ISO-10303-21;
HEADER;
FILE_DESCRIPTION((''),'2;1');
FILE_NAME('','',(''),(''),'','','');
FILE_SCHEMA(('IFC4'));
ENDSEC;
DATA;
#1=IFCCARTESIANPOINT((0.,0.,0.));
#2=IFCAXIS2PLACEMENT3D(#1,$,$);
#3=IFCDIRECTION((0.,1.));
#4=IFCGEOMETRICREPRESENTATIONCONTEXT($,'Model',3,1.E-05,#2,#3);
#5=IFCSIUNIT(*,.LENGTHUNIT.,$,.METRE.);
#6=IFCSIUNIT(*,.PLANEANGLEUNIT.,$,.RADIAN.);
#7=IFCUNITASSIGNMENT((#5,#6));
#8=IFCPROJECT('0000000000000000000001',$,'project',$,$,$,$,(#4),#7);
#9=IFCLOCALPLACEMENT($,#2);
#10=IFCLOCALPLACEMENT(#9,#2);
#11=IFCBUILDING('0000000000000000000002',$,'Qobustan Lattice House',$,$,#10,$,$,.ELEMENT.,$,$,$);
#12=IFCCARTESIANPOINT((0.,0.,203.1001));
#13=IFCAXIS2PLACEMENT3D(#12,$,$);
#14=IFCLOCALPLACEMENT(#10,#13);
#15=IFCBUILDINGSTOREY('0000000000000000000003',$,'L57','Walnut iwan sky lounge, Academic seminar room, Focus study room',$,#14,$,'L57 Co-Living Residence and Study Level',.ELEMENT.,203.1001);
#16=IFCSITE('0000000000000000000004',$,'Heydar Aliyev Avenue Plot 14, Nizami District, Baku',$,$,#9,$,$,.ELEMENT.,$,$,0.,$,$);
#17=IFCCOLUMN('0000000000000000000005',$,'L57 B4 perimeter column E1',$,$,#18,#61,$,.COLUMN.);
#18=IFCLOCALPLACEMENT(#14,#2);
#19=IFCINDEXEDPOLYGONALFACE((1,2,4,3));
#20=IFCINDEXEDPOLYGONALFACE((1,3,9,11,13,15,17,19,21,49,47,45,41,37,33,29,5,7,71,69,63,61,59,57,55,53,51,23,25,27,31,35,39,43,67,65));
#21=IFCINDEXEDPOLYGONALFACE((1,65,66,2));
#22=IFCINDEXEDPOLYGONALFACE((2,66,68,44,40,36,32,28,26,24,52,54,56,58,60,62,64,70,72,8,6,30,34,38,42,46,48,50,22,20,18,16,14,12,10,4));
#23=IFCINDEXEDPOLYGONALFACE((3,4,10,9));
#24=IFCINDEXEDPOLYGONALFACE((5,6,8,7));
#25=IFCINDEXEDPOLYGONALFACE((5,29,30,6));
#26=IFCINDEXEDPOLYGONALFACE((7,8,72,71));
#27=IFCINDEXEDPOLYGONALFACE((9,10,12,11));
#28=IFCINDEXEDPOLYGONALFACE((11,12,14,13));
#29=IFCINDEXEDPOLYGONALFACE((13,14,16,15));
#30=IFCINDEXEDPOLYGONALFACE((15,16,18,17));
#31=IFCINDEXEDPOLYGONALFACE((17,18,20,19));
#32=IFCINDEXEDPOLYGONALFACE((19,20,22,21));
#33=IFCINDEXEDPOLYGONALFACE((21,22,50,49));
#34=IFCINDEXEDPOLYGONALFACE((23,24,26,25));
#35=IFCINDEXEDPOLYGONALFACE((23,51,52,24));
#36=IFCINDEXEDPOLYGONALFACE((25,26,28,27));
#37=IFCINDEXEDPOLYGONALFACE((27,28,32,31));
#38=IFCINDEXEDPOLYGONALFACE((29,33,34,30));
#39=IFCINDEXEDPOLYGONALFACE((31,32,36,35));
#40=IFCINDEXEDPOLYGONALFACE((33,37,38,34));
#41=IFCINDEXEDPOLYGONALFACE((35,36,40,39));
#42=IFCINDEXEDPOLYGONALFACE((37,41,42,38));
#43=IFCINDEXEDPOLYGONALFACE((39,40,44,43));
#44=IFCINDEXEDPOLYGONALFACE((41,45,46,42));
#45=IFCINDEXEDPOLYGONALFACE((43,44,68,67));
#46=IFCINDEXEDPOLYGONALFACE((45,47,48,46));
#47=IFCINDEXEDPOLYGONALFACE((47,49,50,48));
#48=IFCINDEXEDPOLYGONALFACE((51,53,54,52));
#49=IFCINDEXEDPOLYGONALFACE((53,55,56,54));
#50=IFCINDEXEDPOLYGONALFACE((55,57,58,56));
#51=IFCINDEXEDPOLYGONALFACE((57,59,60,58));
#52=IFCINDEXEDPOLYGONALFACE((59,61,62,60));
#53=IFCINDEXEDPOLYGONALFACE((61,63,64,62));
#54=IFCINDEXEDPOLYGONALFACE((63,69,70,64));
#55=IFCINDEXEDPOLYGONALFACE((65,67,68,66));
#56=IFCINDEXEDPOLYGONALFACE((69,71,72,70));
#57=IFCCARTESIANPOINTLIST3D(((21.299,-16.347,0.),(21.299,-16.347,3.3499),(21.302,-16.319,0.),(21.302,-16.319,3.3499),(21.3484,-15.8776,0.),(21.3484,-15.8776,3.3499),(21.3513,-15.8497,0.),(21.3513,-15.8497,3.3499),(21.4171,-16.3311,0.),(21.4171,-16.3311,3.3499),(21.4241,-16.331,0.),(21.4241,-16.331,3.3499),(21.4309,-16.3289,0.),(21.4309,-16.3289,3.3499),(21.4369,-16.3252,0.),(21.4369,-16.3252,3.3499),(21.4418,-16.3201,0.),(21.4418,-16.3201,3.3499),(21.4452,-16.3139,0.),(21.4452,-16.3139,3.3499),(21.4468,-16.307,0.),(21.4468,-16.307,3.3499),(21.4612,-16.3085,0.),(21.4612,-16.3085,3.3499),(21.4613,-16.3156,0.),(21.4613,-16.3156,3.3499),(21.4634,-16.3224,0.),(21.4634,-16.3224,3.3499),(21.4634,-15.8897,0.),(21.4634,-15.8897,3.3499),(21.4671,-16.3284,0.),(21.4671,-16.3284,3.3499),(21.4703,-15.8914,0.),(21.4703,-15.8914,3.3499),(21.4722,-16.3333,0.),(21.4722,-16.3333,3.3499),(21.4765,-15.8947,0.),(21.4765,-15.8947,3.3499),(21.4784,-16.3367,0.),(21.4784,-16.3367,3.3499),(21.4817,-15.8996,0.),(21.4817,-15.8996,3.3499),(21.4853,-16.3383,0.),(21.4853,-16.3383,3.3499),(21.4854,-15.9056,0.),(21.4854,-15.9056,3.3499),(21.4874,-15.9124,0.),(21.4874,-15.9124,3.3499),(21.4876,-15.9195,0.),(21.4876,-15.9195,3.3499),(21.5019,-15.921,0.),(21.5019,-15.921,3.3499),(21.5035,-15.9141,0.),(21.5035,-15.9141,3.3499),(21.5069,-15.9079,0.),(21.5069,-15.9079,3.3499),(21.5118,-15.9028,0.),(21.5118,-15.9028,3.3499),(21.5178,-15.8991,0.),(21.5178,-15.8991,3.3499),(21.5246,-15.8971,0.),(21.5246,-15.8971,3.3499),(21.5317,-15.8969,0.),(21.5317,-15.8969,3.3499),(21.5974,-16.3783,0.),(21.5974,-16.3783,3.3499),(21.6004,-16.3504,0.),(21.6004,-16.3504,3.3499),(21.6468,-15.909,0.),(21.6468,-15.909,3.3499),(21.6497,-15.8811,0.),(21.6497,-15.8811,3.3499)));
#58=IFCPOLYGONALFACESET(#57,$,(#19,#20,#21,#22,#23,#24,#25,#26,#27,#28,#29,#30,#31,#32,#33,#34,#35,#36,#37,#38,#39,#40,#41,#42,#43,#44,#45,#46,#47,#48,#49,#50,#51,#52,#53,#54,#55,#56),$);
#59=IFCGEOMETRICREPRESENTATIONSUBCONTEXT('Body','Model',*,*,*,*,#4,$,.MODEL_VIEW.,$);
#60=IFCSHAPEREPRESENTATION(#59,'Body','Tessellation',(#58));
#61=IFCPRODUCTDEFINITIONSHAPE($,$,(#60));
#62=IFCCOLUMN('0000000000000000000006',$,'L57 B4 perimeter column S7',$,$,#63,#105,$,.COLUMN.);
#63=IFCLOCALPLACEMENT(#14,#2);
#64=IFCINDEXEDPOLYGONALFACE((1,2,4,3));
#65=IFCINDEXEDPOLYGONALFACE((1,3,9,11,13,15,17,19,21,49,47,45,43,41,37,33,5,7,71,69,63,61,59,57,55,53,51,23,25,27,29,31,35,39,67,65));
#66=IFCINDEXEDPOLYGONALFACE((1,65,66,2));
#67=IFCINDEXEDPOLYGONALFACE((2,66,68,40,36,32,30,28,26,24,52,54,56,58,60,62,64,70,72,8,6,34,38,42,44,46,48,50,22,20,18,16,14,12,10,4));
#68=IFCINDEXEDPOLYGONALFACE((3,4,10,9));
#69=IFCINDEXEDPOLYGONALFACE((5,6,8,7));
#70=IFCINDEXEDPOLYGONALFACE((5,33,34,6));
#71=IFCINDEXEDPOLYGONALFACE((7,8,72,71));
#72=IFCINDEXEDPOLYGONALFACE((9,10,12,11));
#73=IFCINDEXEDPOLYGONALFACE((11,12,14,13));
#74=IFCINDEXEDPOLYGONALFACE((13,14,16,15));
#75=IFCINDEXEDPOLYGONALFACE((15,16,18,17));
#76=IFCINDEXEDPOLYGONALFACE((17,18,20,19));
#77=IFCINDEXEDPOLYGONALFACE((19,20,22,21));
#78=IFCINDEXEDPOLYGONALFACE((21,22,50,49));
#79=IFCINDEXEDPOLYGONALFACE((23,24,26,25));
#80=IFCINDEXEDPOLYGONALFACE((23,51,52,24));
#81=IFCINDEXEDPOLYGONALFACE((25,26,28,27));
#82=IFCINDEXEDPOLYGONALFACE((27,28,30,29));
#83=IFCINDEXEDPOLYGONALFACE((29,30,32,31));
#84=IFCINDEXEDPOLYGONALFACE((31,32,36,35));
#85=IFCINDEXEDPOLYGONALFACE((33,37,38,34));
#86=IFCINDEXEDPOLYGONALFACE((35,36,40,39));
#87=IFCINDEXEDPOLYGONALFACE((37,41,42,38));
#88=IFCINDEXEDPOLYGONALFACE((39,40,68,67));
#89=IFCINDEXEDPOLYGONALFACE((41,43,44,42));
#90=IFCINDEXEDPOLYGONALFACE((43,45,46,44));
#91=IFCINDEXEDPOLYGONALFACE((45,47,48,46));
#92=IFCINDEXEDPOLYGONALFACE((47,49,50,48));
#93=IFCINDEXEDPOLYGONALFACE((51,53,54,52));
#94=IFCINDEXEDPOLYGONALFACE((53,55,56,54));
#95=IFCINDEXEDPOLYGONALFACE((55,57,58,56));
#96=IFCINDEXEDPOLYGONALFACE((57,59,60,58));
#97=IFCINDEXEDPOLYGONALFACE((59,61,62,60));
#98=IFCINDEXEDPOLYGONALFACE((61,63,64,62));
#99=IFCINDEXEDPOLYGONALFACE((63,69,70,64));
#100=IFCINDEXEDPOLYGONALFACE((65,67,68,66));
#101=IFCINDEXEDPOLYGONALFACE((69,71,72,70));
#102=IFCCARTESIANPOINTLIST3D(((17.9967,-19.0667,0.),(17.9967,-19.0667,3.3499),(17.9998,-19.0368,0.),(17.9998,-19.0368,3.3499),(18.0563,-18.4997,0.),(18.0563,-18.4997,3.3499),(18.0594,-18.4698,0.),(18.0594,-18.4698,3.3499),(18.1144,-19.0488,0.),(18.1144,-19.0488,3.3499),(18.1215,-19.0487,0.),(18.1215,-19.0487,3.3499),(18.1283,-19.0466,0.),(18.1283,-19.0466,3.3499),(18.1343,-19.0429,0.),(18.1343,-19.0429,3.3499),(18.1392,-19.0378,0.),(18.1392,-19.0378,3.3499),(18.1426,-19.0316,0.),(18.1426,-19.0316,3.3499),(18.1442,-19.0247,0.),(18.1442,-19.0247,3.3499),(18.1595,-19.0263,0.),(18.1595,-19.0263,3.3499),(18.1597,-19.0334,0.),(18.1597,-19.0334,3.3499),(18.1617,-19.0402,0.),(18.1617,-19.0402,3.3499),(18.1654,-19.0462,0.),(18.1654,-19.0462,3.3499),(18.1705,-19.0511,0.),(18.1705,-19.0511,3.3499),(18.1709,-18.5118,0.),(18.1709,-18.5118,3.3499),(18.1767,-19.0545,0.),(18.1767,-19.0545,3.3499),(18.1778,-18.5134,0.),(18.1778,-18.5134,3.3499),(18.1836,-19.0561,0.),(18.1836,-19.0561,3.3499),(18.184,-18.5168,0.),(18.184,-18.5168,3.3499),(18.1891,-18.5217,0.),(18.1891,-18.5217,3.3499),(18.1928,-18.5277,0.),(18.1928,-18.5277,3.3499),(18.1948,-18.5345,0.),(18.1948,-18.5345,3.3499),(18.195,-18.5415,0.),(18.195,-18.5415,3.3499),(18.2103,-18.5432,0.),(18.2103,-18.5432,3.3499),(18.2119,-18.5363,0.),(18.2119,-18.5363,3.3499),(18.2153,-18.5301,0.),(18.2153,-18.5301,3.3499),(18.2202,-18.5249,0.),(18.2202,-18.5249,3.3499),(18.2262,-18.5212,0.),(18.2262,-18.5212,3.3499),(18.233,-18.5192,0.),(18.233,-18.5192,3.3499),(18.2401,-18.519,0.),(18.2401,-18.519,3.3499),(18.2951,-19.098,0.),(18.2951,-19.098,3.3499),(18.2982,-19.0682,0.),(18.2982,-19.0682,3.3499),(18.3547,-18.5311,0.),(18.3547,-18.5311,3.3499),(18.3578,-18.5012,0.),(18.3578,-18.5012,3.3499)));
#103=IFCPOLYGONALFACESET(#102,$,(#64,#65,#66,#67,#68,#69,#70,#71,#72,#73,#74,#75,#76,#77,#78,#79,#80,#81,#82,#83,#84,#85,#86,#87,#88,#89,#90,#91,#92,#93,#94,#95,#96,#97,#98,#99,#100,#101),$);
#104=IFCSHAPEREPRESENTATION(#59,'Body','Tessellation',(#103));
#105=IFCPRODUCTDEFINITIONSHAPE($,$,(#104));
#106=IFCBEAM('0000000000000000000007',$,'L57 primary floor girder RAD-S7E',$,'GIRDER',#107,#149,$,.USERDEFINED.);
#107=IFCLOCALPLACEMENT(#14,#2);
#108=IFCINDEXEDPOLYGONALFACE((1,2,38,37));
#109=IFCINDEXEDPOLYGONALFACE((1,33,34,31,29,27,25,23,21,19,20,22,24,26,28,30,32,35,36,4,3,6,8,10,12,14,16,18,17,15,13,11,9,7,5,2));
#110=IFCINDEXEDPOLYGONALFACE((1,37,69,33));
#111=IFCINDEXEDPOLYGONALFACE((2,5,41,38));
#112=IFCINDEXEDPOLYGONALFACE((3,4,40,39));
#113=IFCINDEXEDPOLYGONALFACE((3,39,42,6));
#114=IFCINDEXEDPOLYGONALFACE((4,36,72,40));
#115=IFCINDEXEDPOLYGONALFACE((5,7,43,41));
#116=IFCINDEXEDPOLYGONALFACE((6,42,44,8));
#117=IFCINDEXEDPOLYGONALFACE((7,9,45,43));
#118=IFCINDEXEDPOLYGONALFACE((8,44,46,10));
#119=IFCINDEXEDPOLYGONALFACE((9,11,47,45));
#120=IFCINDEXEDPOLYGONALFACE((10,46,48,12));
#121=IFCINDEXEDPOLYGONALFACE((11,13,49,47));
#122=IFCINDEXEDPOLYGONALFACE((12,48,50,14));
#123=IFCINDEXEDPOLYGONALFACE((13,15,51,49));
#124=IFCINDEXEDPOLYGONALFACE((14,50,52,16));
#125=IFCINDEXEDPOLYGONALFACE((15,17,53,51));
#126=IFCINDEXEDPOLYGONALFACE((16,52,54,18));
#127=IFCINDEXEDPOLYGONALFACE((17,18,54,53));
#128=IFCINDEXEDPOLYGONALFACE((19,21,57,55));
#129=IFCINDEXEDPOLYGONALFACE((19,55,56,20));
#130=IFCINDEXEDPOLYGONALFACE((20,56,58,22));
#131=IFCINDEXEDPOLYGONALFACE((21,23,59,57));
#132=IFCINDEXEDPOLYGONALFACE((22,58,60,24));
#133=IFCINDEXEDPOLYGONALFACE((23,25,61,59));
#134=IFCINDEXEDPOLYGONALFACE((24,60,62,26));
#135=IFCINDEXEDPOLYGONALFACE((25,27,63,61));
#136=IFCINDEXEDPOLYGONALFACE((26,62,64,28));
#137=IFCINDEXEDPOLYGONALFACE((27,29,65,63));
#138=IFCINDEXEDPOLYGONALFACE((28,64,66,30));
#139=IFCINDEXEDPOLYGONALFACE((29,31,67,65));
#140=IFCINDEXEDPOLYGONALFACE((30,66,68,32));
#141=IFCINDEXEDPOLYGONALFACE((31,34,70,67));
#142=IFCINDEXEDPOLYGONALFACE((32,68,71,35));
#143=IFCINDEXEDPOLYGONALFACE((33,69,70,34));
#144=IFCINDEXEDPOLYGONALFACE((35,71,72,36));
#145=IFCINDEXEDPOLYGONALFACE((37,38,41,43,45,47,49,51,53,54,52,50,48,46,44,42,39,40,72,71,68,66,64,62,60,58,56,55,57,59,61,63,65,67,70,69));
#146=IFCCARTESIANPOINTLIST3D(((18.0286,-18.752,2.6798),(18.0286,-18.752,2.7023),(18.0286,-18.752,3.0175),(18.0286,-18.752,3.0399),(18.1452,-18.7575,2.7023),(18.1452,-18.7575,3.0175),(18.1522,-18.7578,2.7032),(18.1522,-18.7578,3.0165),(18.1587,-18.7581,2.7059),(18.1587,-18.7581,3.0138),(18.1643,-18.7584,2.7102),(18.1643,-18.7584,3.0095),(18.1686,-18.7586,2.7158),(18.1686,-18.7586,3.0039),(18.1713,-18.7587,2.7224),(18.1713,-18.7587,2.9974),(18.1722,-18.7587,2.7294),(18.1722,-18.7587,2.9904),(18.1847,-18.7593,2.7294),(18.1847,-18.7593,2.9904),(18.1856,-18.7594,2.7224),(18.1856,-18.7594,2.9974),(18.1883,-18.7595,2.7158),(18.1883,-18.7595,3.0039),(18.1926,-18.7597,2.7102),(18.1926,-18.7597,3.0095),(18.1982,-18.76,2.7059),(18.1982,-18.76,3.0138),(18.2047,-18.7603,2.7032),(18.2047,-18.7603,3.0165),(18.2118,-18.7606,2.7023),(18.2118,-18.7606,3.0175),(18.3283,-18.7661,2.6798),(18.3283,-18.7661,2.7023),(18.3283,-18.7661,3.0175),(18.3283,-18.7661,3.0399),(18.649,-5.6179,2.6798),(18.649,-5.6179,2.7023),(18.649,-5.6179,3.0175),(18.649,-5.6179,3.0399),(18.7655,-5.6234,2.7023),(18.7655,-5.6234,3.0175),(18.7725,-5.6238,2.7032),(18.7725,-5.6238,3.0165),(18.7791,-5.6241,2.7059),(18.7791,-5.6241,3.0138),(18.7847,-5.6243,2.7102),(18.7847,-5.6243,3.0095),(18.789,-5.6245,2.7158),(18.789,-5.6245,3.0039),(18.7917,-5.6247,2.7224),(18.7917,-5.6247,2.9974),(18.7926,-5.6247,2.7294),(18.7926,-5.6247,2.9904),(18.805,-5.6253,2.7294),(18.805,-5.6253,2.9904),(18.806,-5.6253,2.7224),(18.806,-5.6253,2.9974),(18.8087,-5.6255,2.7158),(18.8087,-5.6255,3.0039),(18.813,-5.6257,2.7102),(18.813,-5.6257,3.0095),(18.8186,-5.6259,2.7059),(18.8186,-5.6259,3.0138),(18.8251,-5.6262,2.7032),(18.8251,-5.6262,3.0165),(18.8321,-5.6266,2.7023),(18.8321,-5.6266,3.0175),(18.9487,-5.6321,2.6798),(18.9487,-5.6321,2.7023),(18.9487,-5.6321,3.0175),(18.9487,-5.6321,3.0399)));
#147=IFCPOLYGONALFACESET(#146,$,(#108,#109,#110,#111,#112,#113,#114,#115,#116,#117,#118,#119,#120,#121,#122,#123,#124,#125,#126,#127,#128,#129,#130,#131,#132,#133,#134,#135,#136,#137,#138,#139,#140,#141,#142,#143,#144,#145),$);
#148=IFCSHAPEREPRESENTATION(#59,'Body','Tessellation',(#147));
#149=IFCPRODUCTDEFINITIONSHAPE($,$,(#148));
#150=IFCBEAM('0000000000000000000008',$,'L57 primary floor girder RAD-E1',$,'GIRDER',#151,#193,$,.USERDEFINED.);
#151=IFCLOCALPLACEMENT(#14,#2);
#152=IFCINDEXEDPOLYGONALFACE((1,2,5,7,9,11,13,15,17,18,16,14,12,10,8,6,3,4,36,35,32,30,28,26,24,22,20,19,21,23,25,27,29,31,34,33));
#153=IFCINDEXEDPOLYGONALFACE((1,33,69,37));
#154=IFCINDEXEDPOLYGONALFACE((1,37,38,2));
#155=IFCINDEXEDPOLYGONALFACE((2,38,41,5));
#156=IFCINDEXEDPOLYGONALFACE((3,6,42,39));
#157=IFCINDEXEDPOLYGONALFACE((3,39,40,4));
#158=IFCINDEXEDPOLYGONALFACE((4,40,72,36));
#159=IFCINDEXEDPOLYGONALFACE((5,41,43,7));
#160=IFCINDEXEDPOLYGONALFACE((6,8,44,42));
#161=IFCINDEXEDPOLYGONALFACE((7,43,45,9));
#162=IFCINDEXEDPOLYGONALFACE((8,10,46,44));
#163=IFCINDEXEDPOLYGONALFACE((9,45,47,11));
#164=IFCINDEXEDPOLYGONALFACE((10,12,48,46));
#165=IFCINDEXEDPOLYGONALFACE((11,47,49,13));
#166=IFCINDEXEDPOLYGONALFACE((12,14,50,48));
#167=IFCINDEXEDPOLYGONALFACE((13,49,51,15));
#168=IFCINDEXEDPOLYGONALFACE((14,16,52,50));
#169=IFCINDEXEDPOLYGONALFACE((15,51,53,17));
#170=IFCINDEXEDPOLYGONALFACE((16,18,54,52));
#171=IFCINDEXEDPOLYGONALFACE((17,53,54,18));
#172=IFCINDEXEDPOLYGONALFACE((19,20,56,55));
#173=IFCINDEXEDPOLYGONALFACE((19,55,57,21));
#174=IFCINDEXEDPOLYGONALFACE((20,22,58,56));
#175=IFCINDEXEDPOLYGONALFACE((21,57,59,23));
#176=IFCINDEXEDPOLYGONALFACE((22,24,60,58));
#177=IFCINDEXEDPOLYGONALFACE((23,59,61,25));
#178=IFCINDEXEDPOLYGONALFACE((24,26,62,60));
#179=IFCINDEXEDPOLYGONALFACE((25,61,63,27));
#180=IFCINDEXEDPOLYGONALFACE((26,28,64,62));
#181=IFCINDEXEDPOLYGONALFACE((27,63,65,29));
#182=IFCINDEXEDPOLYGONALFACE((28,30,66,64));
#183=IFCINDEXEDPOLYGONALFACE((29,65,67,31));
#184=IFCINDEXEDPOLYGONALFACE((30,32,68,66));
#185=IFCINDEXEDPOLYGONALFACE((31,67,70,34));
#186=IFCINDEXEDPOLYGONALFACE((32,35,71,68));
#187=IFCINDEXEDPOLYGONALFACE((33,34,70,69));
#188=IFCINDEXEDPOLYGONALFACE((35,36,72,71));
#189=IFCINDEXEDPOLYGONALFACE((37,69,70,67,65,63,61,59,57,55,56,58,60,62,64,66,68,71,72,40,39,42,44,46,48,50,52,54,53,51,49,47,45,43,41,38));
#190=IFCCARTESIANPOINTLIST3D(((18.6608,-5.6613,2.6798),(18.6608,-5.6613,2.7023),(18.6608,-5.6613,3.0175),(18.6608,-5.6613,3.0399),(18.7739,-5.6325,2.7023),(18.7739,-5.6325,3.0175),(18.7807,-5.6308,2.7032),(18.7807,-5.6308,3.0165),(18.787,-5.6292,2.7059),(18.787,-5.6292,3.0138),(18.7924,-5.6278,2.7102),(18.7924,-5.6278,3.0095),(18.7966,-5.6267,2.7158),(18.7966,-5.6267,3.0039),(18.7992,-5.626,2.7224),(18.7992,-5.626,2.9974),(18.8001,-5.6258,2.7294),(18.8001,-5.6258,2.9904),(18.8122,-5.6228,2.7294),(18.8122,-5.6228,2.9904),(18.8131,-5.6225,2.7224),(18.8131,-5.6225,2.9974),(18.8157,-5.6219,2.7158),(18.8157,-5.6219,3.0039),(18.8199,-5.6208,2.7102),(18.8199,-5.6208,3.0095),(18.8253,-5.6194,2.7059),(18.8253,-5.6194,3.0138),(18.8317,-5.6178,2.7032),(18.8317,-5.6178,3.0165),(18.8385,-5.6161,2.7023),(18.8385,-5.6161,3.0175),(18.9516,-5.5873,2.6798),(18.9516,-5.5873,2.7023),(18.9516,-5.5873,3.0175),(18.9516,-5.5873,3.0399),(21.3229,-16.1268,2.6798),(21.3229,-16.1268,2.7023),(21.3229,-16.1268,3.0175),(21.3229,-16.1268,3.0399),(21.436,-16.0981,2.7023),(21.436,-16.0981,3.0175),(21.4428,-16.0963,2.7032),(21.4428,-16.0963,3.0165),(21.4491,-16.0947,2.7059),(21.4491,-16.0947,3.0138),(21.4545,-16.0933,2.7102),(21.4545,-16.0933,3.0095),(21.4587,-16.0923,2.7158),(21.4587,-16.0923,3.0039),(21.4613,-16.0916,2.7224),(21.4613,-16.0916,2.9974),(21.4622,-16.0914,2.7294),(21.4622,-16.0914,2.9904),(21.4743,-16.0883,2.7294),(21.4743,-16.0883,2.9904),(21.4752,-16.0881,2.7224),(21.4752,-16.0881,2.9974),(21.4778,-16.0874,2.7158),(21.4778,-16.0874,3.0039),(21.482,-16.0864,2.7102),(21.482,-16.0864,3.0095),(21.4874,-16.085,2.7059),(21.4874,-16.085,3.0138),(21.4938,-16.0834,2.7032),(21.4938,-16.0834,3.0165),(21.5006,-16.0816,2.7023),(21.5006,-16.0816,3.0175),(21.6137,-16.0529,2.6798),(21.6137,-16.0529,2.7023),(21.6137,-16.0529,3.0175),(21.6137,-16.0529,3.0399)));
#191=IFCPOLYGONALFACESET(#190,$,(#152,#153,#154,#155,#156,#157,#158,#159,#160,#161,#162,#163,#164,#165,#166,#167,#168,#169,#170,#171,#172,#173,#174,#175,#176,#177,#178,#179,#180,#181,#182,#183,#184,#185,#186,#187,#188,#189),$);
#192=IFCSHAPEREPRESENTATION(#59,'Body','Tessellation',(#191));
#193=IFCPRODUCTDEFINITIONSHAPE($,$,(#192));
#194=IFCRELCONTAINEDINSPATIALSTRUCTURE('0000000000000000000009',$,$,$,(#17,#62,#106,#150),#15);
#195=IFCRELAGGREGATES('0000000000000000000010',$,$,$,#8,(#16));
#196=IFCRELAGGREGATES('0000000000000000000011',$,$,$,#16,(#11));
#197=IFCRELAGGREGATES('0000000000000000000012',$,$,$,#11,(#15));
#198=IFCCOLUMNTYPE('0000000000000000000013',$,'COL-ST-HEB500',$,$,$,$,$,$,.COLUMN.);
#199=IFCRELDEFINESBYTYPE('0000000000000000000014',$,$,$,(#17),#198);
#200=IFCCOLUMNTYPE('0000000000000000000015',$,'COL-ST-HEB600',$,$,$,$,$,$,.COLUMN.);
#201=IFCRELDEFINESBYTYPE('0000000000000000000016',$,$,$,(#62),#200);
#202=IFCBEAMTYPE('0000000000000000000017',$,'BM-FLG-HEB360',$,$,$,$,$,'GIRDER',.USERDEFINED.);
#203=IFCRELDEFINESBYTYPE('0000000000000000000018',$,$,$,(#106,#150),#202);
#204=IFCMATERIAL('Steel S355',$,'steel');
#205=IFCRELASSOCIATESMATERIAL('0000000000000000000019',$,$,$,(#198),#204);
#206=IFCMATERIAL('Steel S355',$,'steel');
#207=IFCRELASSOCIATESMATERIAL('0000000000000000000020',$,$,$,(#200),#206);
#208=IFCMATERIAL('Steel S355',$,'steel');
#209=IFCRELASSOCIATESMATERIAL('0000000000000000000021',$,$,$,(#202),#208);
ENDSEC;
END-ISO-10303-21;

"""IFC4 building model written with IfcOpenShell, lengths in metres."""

from ifc_helpers import new_model, si_unit, direction, frame, origin, origin_2d, place, context, subcontext, project, spatial, i_section, extrude, material, material_profile, profile_set, type_object, element, save


model = new_model("IFC4")

# Units and contexts
model_context = context("Model", 3, precision=1e-05, world=origin(), true_north=direction((0.0, 1.0)))
body_context = subcontext(model_context, "Body", "Model", "MODEL_VIEW")
ifc_project = project(units=[si_unit("LENGTHUNIT", "METRE"), si_unit("PLANEANGLEUNIT", "RADIAN")], contexts=[model_context])

# Site, building, storey
site_placement = place(None, origin())
site = spatial("IfcSite", under=ifc_project, at=site_placement, Name="Heydar Aliyev Avenue Plot 14, Nizami District, Baku", CompositionType="ELEMENT", RefElevation=0.0)
building_placement = place(site_placement, origin())
building = spatial("IfcBuilding", under=site, at=building_placement, Name="Qobustan Lattice House", CompositionType="ELEMENT")
storey_placement = place(building_placement, frame((0.0, 0.0, 203.1001)))
storey = spatial("IfcBuildingStorey", under=building, at=storey_placement, Name="L57", Description="Walnut iwan sky lounge, Academic seminar room, Focus study room", LongName="L57 Co-Living Residence and Study Level", CompositionType="ELEMENT", Elevation=203.1001)

# Columns
ifc_material_1 = material(Name="Steel S355", Category="steel")
ifc_material_profile_1 = material_profile(ifc_material_1, i_section(OverallWidth=0.3, OverallDepth=0.5, WebThickness=0.0144, FlangeThickness=0.0281, FilletRadius=0.0271, at=origin_2d()), Name="HEB500")
ifc_profile_set_1 = profile_set([ifc_material_profile_1], Name="Steel S355")
column_type_1 = type_object("IfcColumnType", Name="COL-ST-HEB500", PredefinedType="COLUMN", material=ifc_profile_set_1)
column_1_placement = place(storey_placement, frame((21.4744, -16.114, 0.0), z_axis=(0.0, 0.0, 1.0), x_axis=(0.994522, -0.104528, 0.0)))
element("IfcColumn", 1, at=column_1_placement, inside=storey, type_object=column_type_1, Name="L57 B4 perimeter column E1", PredefinedType="COLUMN", context=body_context, shape_type="SweptSolid", body=[
    extrude(i_section(OverallWidth=0.3, OverallDepth=0.5, WebThickness=0.0144, FlangeThickness=0.0281, FilletRadius=0.0271, at=origin_2d()), origin(), (0.0, 0.0, 1.0), 3.3499),
])
ifc_material_2 = material(Name="Steel S355", Category="steel")
ifc_material_profile_2 = material_profile(ifc_material_2, i_section(OverallWidth=0.3, OverallDepth=0.6001, WebThickness=0.0154, FlangeThickness=0.03, FilletRadius=0.0271, at=origin_2d()), Name="HEB600")
ifc_profile_set_2 = profile_set([ifc_material_profile_2], Name="Steel S355")
column_type_2 = type_object("IfcColumnType", Name="COL-ST-HEB600", PredefinedType="COLUMN", material=ifc_profile_set_2)
column_2_placement = place(storey_placement, frame((18.1772, -18.7839, 0.0), z_axis=(0.0, 0.0, 1.0), x_axis=(0.994522, -0.104528, 0.0)))
element("IfcColumn", 2, at=column_2_placement, inside=storey, type_object=column_type_2, Name="L57 B4 perimeter column S7", PredefinedType="COLUMN", context=body_context, shape_type="SweptSolid", body=[
    extrude(i_section(OverallWidth=0.3, OverallDepth=0.6001, WebThickness=0.0154, FlangeThickness=0.03, FilletRadius=0.0271, at=origin_2d()), origin(), (0.0, 0.0, 1.0), 3.3499),
])

# Beams
ifc_material_3 = material(Name="Steel S355", Category="steel")
ifc_material_profile_3 = material_profile(ifc_material_3, i_section(OverallWidth=0.3, OverallDepth=0.3601, WebThickness=0.0125, FlangeThickness=0.0225, FilletRadius=0.0271, at=origin_2d()), Name="HEB360")
ifc_profile_set_3 = profile_set([ifc_material_profile_3], Name="Steel S355")
beam_type_1 = type_object("IfcBeamType", Name="BM-FLG-HEB360", ElementType="GIRDER", PredefinedType="USERDEFINED", material=ifc_profile_set_3)
beam_1_placement = place(storey_placement, frame((18.1785, -18.759, 2.8599), z_axis=(0.047181, 0.998886, 0.0), x_axis=(-0.998886, 0.047181, 0.0)))
element("IfcBeam", 3, at=beam_1_placement, inside=storey, type_object=beam_type_1, Name="L57 primary floor girder RAD-S7E", ObjectType="GIRDER", PredefinedType="USERDEFINED", context=body_context, shape_type="SweptSolid", body=[
    extrude(i_section(OverallWidth=0.3, OverallDepth=0.3601, WebThickness=0.0125, FlangeThickness=0.0225, FilletRadius=0.0271, at=origin_2d()), origin(), (0.0, 0.0, 1.0), 13.1487),
])
beam_2_placement = place(storey_placement, frame((21.4683, -16.0898, 2.8599), z_axis=(-0.246518, 0.969138, 0.0), x_axis=(-0.969138, -0.246518, 0.0)))
element("IfcBeam", 4, at=beam_2_placement, inside=storey, type_object=beam_type_1, Name="L57 primary floor girder RAD-E1", ObjectType="GIRDER", PredefinedType="USERDEFINED", context=body_context, shape_type="SweptSolid", body=[
    extrude(i_section(OverallWidth=0.3, OverallDepth=0.3601, WebThickness=0.0125, FlangeThickness=0.0225, FilletRadius=0.0271, at=origin_2d()), origin(), (0.0, 0.0, 1.0), 10.7988),
])

save(model, "model.ifc")
